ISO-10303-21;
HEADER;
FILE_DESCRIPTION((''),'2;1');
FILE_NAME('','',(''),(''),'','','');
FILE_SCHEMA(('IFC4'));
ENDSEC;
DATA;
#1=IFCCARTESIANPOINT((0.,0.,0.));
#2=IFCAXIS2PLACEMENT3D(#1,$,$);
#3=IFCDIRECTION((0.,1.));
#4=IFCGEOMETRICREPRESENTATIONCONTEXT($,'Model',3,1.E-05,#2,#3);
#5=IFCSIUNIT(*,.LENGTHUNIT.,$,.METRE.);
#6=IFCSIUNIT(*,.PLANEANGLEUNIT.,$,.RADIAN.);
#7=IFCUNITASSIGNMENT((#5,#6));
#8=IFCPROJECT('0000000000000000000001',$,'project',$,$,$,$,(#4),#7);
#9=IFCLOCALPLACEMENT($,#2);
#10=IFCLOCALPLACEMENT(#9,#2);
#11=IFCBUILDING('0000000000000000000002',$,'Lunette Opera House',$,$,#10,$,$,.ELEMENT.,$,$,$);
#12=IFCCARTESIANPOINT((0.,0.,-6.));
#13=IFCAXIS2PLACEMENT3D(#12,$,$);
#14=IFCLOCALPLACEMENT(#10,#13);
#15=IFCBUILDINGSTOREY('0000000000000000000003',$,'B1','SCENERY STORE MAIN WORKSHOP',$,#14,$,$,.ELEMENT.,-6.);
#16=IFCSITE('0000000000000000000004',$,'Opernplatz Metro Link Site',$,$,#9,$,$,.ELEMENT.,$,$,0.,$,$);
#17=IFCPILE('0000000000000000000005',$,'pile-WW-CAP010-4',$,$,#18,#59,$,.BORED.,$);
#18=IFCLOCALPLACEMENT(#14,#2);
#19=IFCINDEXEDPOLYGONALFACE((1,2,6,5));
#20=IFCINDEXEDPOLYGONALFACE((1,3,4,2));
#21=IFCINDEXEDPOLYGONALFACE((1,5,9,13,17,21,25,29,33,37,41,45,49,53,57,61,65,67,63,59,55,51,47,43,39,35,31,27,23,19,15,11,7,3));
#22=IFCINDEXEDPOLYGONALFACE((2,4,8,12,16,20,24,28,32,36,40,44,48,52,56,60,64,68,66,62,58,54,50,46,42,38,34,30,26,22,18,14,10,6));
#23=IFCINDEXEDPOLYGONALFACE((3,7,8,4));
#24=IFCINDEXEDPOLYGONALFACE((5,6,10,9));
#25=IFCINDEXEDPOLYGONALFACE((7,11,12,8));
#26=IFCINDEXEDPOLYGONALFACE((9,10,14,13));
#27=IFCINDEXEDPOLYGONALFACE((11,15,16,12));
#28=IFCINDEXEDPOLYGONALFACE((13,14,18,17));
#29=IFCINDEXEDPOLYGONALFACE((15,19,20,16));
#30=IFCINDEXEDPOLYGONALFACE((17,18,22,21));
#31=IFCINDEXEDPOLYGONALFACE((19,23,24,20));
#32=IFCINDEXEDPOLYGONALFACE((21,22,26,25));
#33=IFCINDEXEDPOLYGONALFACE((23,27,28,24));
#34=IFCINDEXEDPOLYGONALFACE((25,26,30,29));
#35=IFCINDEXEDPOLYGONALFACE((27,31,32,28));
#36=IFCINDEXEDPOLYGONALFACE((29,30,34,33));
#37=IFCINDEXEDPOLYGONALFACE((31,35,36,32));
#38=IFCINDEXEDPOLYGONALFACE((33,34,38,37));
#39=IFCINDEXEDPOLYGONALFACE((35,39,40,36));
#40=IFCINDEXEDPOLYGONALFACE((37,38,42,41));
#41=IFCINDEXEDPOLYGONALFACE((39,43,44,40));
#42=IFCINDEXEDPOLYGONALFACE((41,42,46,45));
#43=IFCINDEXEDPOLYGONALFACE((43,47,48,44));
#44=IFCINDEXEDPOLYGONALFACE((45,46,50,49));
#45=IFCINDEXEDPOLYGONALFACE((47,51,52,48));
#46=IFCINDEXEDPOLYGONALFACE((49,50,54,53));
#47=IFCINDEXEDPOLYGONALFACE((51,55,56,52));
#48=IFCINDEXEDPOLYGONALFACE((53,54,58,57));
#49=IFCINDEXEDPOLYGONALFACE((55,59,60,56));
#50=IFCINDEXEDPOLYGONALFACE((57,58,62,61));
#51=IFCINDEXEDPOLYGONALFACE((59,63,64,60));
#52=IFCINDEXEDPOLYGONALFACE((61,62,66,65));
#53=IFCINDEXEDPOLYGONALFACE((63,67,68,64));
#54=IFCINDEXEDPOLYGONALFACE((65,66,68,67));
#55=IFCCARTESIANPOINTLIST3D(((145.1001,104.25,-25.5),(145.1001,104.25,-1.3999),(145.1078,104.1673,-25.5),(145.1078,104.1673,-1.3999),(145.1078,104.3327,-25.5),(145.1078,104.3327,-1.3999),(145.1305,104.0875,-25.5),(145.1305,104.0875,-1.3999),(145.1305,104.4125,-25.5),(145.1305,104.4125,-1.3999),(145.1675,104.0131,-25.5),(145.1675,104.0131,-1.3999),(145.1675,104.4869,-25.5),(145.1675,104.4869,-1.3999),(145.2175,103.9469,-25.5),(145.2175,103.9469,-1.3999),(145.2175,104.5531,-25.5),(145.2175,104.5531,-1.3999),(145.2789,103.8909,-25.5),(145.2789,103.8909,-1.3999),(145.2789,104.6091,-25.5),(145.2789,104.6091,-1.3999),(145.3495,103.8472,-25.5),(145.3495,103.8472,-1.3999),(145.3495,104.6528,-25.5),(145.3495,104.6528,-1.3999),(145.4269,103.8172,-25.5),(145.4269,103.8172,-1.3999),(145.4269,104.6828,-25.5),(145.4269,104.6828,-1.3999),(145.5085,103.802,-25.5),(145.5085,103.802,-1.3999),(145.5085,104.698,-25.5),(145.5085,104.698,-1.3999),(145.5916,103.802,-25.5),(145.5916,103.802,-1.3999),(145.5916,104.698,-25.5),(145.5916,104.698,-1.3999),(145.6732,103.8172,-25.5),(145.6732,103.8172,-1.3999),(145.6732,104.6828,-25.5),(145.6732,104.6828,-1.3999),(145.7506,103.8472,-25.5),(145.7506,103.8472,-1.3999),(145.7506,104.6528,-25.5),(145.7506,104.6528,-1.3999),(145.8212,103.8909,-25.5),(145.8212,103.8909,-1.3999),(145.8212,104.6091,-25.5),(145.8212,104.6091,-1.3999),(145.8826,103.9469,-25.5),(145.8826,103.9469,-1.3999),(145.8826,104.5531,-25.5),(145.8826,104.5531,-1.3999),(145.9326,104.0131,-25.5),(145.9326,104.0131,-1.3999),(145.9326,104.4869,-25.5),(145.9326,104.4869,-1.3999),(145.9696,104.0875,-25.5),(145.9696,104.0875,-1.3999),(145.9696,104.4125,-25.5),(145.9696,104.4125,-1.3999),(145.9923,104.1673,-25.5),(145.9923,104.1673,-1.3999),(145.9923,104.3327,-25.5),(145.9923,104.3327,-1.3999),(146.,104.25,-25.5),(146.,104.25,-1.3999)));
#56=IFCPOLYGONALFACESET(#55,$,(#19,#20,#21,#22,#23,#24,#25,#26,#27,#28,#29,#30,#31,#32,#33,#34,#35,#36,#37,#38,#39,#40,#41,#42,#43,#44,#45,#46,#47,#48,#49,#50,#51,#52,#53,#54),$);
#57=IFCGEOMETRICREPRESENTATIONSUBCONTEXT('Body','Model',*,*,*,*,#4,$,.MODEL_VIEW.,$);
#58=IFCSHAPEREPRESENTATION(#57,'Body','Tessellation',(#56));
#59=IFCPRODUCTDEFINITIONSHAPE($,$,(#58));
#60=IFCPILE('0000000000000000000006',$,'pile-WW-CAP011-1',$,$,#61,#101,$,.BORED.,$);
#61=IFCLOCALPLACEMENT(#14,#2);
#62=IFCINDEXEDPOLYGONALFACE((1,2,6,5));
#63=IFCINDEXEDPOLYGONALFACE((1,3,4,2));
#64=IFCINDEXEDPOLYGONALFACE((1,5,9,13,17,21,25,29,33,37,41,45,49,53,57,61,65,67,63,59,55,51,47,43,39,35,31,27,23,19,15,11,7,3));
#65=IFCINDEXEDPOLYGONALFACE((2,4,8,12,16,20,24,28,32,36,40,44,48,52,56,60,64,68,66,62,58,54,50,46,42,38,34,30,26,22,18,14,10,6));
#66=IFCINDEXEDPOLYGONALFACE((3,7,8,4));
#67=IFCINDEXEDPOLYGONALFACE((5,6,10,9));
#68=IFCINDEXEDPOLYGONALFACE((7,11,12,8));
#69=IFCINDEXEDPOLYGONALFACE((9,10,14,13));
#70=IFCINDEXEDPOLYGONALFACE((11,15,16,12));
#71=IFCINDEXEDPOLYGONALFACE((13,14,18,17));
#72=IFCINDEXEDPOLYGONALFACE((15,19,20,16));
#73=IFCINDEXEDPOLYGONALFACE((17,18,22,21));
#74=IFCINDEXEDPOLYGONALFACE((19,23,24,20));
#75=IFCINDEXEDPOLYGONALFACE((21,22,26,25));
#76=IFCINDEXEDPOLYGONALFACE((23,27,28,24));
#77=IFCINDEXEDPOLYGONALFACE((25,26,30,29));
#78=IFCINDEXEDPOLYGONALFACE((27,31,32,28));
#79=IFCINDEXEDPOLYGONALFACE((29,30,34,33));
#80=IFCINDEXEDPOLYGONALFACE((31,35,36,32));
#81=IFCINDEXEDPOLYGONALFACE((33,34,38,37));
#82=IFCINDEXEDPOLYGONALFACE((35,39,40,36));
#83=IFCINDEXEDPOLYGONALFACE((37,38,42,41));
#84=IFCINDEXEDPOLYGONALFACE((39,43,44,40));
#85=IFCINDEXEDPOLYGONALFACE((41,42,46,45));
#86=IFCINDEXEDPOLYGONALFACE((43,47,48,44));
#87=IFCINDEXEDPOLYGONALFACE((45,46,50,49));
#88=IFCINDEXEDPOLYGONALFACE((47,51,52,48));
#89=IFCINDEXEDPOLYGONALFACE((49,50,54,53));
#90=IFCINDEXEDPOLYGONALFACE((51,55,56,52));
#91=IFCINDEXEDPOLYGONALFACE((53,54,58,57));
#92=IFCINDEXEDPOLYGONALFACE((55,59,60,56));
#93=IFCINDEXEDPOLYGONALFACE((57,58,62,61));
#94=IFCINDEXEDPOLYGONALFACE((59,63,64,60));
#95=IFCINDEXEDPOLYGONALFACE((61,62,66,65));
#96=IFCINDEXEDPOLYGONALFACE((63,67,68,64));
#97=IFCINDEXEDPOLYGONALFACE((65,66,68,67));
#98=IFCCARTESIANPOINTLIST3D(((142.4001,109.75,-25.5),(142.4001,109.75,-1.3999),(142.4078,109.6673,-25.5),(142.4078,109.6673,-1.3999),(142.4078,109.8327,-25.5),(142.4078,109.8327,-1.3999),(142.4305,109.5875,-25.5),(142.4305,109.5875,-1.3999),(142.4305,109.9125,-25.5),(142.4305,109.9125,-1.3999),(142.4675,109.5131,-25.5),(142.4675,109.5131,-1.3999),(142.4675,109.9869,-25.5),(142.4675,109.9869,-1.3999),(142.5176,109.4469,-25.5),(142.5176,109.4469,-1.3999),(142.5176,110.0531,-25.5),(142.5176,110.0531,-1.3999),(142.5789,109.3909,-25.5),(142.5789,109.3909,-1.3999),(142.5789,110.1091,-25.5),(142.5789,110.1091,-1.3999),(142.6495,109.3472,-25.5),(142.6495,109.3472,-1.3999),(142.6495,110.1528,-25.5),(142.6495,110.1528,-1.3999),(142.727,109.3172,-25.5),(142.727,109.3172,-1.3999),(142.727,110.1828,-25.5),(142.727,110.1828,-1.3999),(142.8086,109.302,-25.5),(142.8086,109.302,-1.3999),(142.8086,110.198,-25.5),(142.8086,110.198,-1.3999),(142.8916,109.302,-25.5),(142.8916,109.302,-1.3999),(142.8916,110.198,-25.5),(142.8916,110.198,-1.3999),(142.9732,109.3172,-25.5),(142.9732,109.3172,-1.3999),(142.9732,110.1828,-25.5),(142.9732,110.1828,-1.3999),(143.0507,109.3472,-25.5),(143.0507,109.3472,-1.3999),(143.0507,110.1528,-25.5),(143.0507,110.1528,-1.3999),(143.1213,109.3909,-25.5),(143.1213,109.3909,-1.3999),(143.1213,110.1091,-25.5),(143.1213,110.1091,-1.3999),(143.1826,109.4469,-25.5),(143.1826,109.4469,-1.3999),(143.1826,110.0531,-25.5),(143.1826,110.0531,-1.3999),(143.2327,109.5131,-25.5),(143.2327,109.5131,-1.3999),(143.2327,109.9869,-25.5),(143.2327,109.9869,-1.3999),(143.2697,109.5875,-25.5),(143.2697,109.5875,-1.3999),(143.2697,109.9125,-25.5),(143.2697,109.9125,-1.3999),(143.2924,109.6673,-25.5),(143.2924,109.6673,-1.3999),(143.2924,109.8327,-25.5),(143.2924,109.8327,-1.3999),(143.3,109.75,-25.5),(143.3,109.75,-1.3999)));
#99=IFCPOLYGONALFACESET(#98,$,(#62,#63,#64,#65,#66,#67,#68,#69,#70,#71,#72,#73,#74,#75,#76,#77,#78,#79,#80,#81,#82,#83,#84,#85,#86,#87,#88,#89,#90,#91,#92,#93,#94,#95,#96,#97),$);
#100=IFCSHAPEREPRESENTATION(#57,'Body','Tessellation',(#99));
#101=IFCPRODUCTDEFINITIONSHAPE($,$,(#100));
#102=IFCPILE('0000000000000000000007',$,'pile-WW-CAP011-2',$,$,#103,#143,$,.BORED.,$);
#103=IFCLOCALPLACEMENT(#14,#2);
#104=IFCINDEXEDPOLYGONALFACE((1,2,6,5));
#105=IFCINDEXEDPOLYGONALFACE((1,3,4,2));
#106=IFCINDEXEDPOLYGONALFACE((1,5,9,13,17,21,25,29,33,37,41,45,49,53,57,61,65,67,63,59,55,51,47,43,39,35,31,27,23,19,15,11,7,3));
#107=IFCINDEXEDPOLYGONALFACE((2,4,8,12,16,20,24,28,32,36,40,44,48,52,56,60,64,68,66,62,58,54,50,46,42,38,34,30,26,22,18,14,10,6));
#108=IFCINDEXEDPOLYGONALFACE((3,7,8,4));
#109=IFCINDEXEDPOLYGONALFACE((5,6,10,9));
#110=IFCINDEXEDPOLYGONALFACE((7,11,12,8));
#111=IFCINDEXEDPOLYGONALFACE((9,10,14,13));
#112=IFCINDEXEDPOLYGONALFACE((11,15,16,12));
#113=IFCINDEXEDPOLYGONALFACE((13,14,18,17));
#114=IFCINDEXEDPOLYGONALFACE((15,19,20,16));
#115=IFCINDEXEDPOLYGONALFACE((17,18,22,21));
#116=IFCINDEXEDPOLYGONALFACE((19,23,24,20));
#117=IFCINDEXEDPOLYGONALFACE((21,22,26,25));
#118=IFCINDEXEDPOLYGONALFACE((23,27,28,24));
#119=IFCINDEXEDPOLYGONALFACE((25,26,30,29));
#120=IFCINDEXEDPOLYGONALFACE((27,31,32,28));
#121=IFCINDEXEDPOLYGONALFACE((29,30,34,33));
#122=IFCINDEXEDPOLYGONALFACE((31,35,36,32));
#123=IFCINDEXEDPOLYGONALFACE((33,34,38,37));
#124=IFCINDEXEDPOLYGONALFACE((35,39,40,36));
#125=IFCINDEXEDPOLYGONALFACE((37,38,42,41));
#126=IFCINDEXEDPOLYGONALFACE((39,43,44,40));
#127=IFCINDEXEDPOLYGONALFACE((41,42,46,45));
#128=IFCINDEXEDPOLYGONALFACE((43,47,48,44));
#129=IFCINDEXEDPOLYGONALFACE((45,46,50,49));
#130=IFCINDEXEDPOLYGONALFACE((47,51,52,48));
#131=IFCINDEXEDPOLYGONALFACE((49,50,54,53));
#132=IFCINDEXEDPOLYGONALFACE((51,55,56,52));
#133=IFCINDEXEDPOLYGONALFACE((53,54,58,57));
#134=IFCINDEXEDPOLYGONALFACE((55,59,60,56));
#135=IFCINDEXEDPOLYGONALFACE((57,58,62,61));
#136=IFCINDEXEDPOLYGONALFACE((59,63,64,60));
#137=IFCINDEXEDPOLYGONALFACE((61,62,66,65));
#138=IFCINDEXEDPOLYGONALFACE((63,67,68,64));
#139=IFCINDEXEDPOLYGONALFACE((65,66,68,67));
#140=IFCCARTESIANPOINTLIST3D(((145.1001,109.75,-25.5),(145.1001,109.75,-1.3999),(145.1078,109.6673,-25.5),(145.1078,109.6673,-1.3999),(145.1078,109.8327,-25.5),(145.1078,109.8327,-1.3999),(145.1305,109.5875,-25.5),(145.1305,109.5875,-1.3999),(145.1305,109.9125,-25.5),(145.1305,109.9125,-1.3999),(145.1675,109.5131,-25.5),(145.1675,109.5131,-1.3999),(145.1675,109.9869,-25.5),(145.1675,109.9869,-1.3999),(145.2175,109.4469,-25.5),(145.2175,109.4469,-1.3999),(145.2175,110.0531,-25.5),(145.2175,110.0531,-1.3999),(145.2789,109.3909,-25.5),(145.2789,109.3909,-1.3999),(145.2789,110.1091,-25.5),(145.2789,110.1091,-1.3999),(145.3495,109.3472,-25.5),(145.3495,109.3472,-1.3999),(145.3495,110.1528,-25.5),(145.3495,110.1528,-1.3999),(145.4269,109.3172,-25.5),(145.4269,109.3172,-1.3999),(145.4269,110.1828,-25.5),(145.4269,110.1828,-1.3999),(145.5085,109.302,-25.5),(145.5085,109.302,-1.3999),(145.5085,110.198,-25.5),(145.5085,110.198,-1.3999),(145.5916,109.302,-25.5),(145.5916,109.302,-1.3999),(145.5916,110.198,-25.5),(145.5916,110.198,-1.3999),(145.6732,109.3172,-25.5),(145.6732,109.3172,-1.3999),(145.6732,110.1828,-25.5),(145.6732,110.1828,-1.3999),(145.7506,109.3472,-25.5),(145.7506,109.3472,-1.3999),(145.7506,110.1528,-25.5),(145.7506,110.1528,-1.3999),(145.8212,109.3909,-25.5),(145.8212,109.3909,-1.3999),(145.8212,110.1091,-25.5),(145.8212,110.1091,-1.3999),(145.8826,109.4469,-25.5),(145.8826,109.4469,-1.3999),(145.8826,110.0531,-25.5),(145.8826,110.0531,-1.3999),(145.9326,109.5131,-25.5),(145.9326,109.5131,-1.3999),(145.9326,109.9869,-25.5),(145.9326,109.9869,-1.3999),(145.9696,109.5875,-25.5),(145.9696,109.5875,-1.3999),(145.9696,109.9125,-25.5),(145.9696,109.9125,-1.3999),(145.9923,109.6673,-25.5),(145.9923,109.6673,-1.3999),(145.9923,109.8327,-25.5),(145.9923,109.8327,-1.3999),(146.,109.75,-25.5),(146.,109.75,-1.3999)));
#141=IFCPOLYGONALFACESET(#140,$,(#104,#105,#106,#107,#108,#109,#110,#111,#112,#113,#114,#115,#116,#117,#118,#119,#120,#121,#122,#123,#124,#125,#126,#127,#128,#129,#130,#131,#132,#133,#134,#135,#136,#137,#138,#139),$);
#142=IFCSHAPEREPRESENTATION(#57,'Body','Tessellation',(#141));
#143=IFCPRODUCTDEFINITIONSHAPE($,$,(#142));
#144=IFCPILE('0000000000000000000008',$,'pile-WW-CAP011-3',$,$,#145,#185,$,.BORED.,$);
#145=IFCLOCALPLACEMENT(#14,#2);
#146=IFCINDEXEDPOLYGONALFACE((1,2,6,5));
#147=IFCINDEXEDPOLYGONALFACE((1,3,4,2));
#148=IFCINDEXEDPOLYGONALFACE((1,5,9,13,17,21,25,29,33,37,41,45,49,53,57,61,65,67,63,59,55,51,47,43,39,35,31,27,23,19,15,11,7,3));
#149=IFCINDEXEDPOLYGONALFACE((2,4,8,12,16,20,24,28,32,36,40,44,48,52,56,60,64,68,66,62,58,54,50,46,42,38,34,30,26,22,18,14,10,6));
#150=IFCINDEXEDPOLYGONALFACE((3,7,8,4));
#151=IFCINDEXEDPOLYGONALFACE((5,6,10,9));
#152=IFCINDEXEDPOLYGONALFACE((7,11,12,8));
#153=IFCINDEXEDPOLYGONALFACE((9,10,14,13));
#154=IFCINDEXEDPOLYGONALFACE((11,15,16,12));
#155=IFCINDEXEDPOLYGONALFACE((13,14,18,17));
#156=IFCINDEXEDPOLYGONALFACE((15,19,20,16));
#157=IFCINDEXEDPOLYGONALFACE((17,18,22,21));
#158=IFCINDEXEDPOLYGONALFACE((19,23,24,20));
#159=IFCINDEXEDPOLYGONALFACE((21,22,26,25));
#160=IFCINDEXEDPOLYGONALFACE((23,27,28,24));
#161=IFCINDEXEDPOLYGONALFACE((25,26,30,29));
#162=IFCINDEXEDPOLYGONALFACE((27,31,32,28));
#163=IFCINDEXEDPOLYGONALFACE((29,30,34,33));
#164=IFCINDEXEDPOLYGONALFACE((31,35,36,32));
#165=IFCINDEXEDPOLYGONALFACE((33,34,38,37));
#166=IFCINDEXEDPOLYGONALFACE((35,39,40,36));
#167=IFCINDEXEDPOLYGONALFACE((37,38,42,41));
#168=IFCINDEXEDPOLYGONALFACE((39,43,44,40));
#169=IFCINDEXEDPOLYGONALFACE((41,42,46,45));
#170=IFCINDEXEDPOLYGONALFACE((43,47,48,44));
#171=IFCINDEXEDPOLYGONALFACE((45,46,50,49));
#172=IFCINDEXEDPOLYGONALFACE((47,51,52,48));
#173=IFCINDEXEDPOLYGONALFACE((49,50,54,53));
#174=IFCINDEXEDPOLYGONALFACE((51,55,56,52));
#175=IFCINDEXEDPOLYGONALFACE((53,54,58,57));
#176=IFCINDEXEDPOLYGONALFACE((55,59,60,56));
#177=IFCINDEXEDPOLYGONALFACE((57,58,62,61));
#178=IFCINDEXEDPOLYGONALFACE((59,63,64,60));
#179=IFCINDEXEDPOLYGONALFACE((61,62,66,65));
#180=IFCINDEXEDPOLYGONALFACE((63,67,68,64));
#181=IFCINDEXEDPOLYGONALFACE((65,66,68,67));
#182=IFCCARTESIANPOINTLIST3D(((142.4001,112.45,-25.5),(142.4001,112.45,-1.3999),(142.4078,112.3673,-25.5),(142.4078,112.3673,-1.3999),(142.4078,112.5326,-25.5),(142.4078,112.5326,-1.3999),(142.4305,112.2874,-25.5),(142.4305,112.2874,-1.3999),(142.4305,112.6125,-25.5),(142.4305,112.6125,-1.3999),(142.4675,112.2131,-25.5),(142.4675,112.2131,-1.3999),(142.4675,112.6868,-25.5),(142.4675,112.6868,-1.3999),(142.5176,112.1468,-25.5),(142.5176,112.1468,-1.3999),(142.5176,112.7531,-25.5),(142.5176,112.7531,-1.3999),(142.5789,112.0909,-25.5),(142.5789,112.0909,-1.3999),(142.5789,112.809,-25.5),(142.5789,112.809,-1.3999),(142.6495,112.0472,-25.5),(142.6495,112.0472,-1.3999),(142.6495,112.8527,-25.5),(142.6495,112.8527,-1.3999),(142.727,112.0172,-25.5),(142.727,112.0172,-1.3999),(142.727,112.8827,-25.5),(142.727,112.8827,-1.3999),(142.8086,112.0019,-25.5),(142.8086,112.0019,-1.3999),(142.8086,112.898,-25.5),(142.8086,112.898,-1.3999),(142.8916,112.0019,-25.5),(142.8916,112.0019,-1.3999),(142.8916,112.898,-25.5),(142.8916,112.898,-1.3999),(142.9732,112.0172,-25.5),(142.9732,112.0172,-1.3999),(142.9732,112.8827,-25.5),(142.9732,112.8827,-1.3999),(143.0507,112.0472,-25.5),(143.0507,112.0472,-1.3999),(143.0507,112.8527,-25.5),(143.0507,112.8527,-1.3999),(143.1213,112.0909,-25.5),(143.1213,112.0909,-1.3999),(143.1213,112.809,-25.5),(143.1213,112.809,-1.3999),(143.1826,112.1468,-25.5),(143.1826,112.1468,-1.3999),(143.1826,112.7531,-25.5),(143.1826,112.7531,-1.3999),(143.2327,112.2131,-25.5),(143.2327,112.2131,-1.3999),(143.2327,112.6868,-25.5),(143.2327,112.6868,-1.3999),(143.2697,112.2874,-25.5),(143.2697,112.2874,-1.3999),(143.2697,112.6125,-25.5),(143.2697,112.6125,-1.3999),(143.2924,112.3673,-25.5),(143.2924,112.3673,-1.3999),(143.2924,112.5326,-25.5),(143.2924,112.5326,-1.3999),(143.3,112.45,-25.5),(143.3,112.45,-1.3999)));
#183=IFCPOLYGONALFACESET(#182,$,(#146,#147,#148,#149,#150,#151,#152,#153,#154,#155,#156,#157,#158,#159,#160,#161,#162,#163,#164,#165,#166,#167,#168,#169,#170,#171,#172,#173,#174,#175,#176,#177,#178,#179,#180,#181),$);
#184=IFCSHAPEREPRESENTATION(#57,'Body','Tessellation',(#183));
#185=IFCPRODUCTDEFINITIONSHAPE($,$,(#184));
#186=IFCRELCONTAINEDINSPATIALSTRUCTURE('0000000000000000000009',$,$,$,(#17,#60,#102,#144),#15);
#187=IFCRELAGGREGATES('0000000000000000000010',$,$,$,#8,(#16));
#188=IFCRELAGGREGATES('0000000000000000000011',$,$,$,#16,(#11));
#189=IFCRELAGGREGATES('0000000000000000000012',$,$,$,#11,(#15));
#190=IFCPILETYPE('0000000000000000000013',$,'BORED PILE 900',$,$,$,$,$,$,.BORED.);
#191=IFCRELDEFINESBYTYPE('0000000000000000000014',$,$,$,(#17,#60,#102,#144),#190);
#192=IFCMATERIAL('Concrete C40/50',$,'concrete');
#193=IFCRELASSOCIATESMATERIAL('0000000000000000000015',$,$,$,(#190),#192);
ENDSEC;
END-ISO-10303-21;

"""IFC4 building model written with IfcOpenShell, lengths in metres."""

from ifc_helpers import new_model, si_unit, direction, frame, origin, origin_2d, place, context, subcontext, project, spatial, circle, extrude, material, material_profile, profile_set, type_object, element, save


model = new_model("IFC4")

# Units and contexts
model_context = context("Model", 3, precision=1e-05, world=origin(), true_north=direction((0.0, 1.0)))
body_context = subcontext(model_context, "Body", "Model", "MODEL_VIEW")
ifc_project = project(units=[si_unit("LENGTHUNIT", "METRE"), si_unit("PLANEANGLEUNIT", "RADIAN")], contexts=[model_context])

# Site, building, storey
site_placement = place(None, origin())
site = spatial("IfcSite", under=ifc_project, at=site_placement, Name="Opernplatz Metro Link Site", CompositionType="ELEMENT", RefElevation=0.0)
building_placement = place(site_placement, origin())
building = spatial("IfcBuilding", under=site, at=building_placement, Name="Lunette Opera House", CompositionType="ELEMENT")
storey_placement = place(building_placement, frame((0.0, 0.0, -6.0)))
storey = spatial("IfcBuildingStorey", under=building, at=storey_placement, Name="B1", Description="SCENERY STORE MAIN WORKSHOP", CompositionType="ELEMENT", Elevation=-6.0)

# Piles
ifc_material_1 = material(Name="Concrete C40/50", Category="concrete")
ifc_material_profile_1 = material_profile(ifc_material_1, circle(Radius=0.45, at=origin_2d()), Name="BORED PILE 900")
ifc_profile_set_1 = profile_set([ifc_material_profile_1], Name="Concrete C40/50")
pile_type = type_object("IfcPileType", Name="BORED PILE 900", PredefinedType="BORED", material=ifc_profile_set_1)
for number, where, z_axis, x_axis, name in (
    (1, (145.55, 104.25, -1.3999), (0.0, 0.0, -1.0), (1.0, 0.0, 0.0), "pile-WW-CAP010-4"),
    (2, (142.8501, 109.75, -1.3999), (0.0, 0.0, -1.0), (1.0, 0.0, 0.0), "pile-WW-CAP011-1"),
    (3, (145.55, 109.75, -1.3999), (0.0, 0.0, -1.0), (1.0, 0.0, 0.0), "pile-WW-CAP011-2"),
    (4, (142.8501, 112.45, -1.3999), (0.0, 0.0, -1.0), (1.0, 0.0, 0.0), "pile-WW-CAP011-3"),
):
    element("IfcPile", number, at=place(storey_placement, frame(where, z_axis=z_axis, x_axis=x_axis)), inside=storey, type_object=pile_type, Name=name, PredefinedType="BORED", context=body_context, shape_type="SweptSolid", body=[
        extrude(circle(Radius=0.45, at=origin_2d()), origin(), (0.0, 0.0, 1.0), 24.1001),
    ])

save(model, "model.ifc")
